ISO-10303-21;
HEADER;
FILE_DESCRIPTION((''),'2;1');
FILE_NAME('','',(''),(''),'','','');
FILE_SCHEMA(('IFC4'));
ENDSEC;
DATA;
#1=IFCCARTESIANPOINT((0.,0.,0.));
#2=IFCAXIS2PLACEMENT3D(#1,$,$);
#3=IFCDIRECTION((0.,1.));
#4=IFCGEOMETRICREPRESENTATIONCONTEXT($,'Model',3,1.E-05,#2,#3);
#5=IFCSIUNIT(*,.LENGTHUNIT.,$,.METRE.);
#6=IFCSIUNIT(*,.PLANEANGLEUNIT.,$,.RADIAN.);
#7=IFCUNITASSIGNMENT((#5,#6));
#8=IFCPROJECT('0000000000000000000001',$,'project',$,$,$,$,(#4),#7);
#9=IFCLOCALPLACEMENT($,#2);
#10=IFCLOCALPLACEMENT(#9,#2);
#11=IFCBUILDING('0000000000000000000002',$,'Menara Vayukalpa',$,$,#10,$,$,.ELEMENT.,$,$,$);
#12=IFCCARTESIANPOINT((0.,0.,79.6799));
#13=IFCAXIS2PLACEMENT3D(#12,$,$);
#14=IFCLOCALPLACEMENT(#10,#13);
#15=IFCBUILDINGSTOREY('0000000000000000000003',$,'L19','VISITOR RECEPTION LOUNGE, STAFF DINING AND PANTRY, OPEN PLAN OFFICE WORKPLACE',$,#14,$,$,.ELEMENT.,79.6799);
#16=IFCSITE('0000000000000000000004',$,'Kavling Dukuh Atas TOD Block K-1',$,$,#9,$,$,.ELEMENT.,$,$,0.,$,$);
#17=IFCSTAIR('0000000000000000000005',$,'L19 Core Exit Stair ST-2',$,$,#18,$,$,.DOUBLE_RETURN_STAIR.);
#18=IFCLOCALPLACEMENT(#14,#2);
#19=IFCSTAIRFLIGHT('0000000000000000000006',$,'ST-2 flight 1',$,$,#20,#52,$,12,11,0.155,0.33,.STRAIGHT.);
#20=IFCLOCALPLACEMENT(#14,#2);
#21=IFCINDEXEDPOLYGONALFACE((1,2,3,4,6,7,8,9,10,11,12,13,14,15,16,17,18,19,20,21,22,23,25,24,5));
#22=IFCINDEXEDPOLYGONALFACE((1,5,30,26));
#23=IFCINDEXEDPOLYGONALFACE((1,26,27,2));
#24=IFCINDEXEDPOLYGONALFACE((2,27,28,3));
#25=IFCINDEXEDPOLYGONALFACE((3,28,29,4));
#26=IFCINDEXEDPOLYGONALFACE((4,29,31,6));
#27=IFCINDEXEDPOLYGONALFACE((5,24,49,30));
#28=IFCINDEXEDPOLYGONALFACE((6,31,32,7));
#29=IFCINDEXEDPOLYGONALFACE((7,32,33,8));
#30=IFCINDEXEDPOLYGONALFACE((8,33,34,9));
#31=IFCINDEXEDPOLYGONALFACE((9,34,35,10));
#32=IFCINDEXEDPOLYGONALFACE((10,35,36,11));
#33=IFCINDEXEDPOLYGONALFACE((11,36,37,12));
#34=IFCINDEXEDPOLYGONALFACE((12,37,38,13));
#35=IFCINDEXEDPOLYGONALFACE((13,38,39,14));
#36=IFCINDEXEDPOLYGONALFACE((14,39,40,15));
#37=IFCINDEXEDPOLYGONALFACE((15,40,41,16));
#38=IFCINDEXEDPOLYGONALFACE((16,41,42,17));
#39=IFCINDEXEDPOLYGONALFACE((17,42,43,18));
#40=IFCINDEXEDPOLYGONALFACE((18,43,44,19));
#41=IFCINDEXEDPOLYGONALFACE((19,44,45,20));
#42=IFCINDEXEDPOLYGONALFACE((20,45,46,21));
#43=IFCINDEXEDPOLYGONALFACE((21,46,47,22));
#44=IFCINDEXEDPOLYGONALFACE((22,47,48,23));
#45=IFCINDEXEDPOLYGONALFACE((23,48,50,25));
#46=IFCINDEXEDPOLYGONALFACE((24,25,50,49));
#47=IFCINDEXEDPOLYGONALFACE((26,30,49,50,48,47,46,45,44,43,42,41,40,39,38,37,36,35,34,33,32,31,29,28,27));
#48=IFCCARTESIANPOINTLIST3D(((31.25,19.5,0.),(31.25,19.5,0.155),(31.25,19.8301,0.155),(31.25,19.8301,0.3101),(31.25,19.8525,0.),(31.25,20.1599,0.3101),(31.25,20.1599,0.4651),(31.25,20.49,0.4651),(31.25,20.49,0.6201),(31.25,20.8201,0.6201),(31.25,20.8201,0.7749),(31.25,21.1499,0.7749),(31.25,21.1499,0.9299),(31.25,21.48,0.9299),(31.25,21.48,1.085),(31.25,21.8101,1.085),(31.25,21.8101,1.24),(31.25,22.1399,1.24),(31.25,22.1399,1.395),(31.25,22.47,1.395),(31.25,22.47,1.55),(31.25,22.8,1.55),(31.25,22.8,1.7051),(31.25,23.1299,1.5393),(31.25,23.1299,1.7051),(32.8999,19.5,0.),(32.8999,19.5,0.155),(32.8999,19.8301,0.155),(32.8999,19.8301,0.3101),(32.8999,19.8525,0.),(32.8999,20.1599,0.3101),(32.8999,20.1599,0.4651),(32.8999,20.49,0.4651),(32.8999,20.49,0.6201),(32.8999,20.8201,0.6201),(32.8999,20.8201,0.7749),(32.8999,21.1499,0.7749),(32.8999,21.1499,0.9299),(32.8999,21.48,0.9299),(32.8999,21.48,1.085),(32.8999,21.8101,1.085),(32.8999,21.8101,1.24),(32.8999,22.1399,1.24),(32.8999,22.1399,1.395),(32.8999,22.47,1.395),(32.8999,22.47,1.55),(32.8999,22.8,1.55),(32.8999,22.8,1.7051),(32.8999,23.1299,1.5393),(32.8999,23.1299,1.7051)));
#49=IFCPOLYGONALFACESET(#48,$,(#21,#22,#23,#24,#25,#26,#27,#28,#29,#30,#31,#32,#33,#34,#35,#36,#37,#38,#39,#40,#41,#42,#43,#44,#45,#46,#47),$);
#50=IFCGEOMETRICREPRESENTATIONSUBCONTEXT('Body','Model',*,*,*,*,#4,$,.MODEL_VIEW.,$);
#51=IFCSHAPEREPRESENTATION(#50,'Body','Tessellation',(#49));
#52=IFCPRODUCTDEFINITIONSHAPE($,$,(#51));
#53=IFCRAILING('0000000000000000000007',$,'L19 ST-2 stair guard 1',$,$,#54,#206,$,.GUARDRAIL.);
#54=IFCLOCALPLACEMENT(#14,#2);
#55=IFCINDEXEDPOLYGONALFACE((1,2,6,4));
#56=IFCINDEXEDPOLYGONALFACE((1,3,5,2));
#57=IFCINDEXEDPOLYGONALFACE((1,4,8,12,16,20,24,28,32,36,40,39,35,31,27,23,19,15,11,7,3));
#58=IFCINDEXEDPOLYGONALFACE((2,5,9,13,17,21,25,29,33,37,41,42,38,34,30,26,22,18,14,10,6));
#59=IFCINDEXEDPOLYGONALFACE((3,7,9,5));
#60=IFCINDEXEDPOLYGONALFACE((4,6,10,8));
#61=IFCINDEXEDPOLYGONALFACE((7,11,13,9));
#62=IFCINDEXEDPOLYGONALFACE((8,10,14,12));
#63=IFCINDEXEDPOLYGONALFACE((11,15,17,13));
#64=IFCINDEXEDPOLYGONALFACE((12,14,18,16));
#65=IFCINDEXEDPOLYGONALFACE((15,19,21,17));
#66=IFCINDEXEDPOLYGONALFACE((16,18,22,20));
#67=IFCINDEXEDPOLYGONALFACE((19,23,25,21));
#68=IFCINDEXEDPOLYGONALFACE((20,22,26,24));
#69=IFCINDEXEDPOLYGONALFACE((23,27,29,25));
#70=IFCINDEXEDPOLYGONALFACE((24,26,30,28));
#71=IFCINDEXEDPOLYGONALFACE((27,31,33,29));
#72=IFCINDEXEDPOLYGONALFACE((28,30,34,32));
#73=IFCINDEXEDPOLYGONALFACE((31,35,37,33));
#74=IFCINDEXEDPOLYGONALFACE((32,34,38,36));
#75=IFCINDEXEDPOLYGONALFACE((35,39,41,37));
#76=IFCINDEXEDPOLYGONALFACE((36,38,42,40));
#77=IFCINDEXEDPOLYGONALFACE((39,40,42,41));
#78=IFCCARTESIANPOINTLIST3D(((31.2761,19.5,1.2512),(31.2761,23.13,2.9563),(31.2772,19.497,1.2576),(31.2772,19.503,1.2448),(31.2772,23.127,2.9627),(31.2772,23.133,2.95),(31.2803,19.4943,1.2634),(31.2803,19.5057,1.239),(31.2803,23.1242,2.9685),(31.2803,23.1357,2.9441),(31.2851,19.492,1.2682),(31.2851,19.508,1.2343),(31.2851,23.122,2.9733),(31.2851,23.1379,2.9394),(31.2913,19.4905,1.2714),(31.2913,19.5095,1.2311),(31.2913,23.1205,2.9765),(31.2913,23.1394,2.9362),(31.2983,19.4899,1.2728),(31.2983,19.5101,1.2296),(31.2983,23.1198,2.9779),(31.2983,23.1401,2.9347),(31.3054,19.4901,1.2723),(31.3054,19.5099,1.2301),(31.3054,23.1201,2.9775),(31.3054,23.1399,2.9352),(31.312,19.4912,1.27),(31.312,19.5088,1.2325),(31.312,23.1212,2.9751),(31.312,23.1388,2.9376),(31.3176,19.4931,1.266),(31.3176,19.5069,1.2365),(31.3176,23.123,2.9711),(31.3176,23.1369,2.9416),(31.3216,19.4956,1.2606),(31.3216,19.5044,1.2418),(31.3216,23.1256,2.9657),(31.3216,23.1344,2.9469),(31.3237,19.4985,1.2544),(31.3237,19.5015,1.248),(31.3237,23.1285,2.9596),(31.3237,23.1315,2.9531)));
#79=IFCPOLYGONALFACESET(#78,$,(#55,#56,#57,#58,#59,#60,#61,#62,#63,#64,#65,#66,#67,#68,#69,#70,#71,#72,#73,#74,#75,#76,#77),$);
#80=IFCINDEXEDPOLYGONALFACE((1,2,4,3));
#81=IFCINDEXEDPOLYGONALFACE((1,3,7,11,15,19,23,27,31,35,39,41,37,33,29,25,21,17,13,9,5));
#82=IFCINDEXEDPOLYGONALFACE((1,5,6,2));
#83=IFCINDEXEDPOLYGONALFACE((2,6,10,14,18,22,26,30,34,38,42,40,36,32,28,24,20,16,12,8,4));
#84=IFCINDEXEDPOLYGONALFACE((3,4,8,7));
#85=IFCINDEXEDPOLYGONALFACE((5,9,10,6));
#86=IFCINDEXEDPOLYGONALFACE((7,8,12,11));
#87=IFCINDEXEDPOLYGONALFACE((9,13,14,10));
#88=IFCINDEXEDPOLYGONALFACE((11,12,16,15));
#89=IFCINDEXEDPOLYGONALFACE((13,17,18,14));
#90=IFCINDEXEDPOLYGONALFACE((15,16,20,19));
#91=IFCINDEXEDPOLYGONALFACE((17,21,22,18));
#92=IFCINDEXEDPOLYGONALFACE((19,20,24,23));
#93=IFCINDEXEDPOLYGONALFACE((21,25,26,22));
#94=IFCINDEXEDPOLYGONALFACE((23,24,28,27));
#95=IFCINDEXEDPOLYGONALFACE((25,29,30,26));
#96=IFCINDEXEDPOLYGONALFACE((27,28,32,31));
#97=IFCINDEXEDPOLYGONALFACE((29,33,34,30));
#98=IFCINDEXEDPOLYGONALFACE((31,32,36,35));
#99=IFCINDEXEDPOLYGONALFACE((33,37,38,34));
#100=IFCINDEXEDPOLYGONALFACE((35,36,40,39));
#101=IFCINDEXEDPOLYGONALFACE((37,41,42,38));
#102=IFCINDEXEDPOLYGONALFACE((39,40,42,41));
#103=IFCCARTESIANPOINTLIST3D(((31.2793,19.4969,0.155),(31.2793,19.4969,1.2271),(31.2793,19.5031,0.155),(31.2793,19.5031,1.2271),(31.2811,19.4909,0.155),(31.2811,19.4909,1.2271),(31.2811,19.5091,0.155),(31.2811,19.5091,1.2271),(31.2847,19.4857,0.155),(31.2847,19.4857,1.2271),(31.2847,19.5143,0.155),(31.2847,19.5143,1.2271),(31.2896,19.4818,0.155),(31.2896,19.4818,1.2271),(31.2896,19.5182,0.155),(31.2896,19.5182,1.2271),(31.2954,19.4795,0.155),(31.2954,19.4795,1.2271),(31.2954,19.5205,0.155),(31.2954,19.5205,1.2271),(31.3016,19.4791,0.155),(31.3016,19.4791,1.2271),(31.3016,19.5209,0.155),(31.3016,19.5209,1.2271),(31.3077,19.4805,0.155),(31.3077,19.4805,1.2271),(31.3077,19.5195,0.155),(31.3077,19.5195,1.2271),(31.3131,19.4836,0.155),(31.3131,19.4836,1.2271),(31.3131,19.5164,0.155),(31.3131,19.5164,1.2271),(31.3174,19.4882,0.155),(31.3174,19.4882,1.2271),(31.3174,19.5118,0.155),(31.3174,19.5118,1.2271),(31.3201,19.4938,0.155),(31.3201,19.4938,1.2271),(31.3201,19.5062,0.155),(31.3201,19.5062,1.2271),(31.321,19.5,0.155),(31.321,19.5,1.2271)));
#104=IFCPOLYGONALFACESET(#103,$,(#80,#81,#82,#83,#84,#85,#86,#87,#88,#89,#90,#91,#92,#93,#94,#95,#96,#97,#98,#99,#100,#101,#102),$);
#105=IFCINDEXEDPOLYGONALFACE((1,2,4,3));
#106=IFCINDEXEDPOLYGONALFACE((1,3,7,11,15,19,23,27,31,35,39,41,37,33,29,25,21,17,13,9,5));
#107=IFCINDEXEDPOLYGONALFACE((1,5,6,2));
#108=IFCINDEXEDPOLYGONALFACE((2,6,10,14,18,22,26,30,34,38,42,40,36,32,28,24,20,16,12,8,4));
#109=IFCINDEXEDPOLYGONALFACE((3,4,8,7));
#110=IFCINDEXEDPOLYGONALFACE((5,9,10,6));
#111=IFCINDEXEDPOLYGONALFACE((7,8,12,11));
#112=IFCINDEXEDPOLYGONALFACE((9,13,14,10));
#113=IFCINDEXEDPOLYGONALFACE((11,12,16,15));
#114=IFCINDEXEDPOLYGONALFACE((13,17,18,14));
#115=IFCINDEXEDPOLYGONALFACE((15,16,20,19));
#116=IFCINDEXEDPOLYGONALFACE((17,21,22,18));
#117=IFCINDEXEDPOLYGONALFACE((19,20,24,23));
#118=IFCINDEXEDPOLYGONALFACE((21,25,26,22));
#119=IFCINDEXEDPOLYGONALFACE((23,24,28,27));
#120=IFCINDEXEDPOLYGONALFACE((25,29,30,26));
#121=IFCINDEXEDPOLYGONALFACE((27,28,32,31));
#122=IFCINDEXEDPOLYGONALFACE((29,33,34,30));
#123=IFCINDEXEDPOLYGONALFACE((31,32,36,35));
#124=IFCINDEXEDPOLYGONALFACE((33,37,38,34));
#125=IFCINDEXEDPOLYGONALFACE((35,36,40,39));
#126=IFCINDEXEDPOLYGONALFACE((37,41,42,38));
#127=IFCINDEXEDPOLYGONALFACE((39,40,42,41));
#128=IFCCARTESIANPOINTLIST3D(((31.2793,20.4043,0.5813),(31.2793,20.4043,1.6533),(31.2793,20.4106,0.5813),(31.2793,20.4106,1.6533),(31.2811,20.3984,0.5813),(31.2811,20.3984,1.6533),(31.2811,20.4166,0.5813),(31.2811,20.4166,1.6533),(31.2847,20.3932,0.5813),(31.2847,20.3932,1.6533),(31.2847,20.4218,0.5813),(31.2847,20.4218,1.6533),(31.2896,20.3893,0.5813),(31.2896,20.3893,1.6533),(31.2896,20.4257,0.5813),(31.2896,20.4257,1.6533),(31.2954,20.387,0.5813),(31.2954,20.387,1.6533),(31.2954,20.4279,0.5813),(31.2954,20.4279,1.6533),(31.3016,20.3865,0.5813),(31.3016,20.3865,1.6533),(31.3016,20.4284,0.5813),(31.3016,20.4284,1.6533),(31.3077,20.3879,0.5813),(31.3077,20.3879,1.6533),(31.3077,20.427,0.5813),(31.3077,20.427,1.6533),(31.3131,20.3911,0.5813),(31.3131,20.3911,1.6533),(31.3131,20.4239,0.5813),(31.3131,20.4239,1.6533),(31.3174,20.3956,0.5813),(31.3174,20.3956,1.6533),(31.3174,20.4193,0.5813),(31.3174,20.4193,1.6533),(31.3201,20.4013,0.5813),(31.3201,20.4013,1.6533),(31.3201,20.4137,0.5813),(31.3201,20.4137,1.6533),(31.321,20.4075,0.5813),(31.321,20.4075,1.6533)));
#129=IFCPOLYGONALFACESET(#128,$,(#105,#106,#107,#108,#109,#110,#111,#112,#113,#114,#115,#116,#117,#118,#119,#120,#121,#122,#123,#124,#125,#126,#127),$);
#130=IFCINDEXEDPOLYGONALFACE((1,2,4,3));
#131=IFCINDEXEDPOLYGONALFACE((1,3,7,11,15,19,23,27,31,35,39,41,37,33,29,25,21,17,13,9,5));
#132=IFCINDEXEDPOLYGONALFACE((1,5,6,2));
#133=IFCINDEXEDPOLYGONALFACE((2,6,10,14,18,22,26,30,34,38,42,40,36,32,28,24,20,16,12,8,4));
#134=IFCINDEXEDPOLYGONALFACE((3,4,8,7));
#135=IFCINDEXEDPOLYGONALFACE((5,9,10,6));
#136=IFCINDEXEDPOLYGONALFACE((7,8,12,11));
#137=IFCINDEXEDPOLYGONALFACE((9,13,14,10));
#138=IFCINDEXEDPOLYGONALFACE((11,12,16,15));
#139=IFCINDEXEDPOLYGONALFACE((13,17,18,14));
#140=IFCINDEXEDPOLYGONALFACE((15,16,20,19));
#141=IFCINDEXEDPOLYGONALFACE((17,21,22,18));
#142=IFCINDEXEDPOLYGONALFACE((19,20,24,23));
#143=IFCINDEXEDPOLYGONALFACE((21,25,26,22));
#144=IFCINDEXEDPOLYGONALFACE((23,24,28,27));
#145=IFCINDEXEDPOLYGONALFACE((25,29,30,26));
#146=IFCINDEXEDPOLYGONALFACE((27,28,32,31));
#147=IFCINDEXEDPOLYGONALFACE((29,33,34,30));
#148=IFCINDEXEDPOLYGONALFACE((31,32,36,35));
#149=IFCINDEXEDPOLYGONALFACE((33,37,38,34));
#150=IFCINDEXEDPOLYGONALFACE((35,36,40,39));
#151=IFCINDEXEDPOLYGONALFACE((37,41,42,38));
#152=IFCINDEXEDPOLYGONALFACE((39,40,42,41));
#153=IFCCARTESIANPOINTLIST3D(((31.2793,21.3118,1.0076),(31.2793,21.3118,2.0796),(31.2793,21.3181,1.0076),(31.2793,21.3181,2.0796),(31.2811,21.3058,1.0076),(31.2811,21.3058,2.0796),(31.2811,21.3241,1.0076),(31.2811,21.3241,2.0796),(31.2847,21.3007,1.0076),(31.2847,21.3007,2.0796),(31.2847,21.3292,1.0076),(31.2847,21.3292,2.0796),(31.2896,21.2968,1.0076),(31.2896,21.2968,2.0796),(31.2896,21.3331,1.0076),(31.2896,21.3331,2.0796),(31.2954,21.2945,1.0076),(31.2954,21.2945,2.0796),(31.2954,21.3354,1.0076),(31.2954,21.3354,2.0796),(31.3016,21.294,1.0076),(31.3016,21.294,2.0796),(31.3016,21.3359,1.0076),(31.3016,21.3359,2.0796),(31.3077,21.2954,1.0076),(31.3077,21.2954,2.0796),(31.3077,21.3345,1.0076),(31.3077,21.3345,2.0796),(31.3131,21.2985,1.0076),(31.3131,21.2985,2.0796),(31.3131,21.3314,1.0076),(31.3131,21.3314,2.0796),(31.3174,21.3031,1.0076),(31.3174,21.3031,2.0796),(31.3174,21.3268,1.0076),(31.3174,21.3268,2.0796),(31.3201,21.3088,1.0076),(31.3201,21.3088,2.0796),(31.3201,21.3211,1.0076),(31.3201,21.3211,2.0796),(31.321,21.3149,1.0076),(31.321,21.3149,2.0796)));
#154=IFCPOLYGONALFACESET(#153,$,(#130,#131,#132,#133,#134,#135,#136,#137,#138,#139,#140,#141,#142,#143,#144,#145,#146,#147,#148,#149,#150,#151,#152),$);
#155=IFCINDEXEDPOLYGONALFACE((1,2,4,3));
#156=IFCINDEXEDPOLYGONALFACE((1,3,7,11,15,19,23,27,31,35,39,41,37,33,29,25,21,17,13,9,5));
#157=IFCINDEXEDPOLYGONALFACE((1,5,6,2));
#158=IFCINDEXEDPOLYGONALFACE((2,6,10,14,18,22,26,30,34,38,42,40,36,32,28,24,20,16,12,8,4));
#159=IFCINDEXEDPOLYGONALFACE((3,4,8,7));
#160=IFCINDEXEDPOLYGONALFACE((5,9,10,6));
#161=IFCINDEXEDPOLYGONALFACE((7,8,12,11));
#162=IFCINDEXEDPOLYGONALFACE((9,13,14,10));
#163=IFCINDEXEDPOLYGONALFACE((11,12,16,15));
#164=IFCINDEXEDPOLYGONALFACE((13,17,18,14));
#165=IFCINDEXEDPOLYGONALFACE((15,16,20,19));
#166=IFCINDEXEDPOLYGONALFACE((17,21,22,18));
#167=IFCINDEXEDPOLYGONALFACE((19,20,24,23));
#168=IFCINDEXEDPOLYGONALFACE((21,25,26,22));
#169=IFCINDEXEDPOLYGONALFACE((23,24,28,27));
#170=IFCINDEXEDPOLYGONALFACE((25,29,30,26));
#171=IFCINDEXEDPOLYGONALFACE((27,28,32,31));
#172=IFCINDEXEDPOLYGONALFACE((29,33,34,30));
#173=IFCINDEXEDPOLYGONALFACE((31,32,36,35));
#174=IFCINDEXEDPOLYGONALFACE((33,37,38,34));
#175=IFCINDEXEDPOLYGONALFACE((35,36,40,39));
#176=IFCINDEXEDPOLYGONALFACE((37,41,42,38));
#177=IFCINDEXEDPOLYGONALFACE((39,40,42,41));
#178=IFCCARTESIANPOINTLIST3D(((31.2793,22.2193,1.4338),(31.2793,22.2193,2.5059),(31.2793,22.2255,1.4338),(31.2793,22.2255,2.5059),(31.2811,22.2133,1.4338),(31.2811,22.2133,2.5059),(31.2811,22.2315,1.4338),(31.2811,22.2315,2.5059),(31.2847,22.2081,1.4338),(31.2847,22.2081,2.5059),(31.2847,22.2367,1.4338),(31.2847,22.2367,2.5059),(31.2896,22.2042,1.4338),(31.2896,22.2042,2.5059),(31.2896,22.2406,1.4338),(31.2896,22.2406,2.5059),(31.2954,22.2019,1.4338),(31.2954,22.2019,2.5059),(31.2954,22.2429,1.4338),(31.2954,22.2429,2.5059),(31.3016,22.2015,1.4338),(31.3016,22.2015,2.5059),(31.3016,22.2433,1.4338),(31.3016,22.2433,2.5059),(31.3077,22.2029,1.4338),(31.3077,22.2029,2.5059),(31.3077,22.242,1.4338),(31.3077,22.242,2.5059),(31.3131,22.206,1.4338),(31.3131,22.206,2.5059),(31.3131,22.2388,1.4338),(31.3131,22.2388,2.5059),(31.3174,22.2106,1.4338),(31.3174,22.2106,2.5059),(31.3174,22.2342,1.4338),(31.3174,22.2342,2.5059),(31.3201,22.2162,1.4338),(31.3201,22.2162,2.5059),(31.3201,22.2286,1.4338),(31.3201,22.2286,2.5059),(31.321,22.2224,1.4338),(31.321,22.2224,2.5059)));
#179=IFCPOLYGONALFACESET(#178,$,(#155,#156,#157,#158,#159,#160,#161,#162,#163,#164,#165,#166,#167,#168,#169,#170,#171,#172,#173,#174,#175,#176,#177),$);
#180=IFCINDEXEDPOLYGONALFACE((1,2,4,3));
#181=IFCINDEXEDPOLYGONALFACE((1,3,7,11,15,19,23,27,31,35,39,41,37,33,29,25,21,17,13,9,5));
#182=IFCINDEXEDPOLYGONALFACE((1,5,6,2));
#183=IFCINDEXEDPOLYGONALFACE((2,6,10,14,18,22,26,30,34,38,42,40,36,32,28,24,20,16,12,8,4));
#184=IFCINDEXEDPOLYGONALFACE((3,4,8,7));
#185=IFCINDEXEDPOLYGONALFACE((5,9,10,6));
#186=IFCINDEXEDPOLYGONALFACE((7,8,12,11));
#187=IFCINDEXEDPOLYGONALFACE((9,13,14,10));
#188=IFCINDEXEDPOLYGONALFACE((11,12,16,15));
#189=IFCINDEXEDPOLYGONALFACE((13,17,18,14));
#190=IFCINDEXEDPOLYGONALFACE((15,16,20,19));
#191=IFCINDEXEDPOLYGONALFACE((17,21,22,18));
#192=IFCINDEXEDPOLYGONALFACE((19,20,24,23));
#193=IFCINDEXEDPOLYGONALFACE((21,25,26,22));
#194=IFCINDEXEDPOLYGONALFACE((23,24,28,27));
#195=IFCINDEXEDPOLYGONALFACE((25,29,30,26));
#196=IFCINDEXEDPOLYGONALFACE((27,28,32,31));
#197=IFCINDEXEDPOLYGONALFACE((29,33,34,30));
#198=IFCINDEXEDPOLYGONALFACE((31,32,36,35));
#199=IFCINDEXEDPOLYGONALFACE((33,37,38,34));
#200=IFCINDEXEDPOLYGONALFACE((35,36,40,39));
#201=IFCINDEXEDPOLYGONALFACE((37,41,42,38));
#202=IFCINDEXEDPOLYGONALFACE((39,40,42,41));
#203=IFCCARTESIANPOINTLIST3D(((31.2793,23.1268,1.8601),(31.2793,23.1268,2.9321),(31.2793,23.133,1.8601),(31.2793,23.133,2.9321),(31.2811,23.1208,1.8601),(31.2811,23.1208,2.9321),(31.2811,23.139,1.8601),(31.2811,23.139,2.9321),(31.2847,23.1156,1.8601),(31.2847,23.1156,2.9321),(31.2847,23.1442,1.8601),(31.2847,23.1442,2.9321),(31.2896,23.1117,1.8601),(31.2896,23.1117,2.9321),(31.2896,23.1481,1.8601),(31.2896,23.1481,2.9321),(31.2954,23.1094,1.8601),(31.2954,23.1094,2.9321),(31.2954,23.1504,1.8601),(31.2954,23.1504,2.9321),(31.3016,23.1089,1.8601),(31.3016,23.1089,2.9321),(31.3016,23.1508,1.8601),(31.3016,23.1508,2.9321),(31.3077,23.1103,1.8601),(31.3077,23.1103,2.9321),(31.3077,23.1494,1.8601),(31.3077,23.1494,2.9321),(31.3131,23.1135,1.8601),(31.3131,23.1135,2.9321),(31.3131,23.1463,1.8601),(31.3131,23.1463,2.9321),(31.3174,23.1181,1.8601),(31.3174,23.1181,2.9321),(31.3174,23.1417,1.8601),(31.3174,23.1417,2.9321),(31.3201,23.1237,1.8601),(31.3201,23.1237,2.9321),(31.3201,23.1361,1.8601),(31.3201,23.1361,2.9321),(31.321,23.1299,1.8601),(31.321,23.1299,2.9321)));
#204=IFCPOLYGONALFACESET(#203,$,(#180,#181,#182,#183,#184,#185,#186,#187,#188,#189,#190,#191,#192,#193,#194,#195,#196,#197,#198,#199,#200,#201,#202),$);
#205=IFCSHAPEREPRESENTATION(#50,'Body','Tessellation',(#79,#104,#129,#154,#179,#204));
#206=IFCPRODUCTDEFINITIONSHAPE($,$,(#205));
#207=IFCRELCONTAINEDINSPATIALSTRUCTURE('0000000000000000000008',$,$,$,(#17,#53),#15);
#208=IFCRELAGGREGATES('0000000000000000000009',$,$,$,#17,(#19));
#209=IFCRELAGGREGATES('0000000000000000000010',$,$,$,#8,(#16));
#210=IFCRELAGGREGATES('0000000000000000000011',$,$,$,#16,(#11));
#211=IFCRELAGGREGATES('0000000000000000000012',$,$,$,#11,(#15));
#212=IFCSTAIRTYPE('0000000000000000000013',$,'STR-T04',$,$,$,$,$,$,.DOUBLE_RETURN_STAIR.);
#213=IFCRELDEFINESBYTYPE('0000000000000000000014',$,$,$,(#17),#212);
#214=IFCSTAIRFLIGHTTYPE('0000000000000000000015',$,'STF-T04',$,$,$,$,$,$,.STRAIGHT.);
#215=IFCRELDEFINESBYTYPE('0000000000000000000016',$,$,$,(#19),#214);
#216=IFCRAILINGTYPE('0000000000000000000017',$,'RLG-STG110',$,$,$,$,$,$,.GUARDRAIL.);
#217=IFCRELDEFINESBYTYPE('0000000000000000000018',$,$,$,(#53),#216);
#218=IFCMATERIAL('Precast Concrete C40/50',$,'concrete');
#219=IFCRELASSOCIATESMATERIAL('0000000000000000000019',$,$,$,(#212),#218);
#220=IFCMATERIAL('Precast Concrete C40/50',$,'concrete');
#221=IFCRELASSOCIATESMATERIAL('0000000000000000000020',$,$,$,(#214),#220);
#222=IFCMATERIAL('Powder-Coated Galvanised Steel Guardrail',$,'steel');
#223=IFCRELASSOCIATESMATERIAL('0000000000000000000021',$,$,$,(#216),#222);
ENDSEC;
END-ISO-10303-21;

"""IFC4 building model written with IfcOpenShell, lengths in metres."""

from ifc_helpers import new_model, si_unit, direction, frame, origin, origin_2d, place, context, subcontext, project, spatial, polyline, circle, outline, extrude, material, type_object, element, aggregate, save


model = new_model("IFC4")

# Units and contexts
model_context = context("Model", 3, precision=1e-05, world=origin(), true_north=direction((0.0, 1.0)))
body_context = subcontext(model_context, "Body", "Model", "MODEL_VIEW")
ifc_project = project(units=[si_unit("LENGTHUNIT", "METRE"), si_unit("PLANEANGLEUNIT", "RADIAN")], contexts=[model_context])

# Site, building, storey
site_placement = place(None, origin())
site = spatial("IfcSite", under=ifc_project, at=site_placement, Name="Kavling Dukuh Atas TOD Block K-1", CompositionType="ELEMENT", RefElevation=0.0)
building_placement = place(site_placement, origin())
building = spatial("IfcBuilding", under=site, at=building_placement, Name="Menara Vayukalpa", CompositionType="ELEMENT")
storey_placement = place(building_placement, frame((0.0, 0.0, 79.6799)))
storey = spatial("IfcBuildingStorey", under=building, at=storey_placement, Name="L19", Description="VISITOR RECEPTION LOUNGE, STAFF DINING AND PANTRY, OPEN PLAN OFFICE WORKPLACE", CompositionType="ELEMENT", Elevation=79.6799)

# Stair, stair flight
ifc_material_1 = material(Name="Precast Concrete C40/50", Category="concrete")
stair_type = type_object("IfcStairType", Name="STR-T04", PredefinedType="DOUBLE_RETURN_STAIR", material=ifc_material_1)
stair_placement = place(storey_placement, origin())
stair = element("IfcStair", 1, at=stair_placement, inside=storey, type_object=stair_type, Name="L19 Core Exit Stair ST-2", PredefinedType="DOUBLE_RETURN_STAIR")
ifc_material_2 = material(Name="Precast Concrete C40/50", Category="concrete")
stair_flight_type = type_object("IfcStairFlightType", Name="STF-T04", PredefinedType="STRAIGHT", material=ifc_material_2)
stair_flight_placement = place(storey_placement, frame((32.075, 19.5, 0.0), z_axis=(0.0, 0.0, 1.0), x_axis=(0.0, 1.0, 0.0)))
stair_flight = element("IfcStairFlight", 2, at=stair_flight_placement, type_object=stair_flight_type, Name="ST-2 flight 1", NumberOfRisers=12, NumberOfTreads=11, PredefinedType="STRAIGHT", RiserHeight=0.155, TreadLength=0.33, context=body_context, shape_type="SweptSolid", body=[
    extrude(outline(polyline([(0.0, 0.0), (0.0, 0.155), (0.3301, 0.155), (0.3301, 0.3101), (0.6599, 0.3101), (0.6599, 0.4651), (0.99, 0.4651), (0.99, 0.6201), (1.3201, 0.6201), (1.3201, 0.7749), (1.6499, 0.7749), (1.6499, 0.9299), (1.98, 0.9299), (1.98, 1.085), (2.3101, 1.085), (2.3101, 1.24), (2.6399, 1.24), (2.6399, 1.395), (2.97, 1.395), (2.97, 1.55), (3.3, 1.55), (3.3, 1.7051), (3.6299, 1.7051), (3.6299, 1.8601), (3.6299, 1.5393), (0.3525, 0.0), (0.0, 0.0)])), frame((0.0, 0.825, 0.0), z_axis=(0.0, -1.0, 0.0), x_axis=(1.0, 0.0, 0.0)), (0.0, 0.0, 1.0), 1.6499),
])
aggregate(stair, [stair_flight])

# Railing
ifc_material_3 = material(Name="Powder-Coated Galvanised Steel Guardrail", Category="steel")
railing_type_1 = type_object("IfcRailingType", Name="RLG-STG110", PredefinedType="GUARDRAIL", material=ifc_material_3)
railing_1_placement = place(storey_placement, frame((31.3, 19.5, 0.155)))
element("IfcRailing", 3, at=railing_1_placement, inside=storey, type_object=railing_type_1, Name="L19 ST-2 stair guard 1", PredefinedType="GUARDRAIL", context=body_context, shape_type="SweptSolid", body=[
    extrude(circle(Radius=0.0239, at=origin_2d()), frame((0.0, 0.0, 1.0962), z_axis=(0.0, 0.905116, 0.425164), x_axis=(-1.0, 0.0, 0.0)), (0.0, 0.0, 1.0), 4.0105),
    extrude(circle(Radius=0.021, at=origin_2d()), origin(), (0.0, 0.0, 1.0), 1.072),
    extrude(circle(Radius=0.021, at=origin_2d()), frame((0.0, 0.9075, 0.4263)), (0.0, 0.0, 1.0), 1.072),
    extrude(circle(Radius=0.021, at=origin_2d()), frame((0.0, 1.8149, 0.8525)), (0.0, 0.0, 1.0), 1.072),
    extrude(circle(Radius=0.021, at=origin_2d()), frame((0.0, 2.7224, 1.2788)), (0.0, 0.0, 1.0), 1.072),
    extrude(circle(Radius=0.021, at=origin_2d()), frame((0.0, 3.6299, 1.7051)), (0.0, 0.0, 1.0), 1.072),
])

save(model, "model.ifc")
